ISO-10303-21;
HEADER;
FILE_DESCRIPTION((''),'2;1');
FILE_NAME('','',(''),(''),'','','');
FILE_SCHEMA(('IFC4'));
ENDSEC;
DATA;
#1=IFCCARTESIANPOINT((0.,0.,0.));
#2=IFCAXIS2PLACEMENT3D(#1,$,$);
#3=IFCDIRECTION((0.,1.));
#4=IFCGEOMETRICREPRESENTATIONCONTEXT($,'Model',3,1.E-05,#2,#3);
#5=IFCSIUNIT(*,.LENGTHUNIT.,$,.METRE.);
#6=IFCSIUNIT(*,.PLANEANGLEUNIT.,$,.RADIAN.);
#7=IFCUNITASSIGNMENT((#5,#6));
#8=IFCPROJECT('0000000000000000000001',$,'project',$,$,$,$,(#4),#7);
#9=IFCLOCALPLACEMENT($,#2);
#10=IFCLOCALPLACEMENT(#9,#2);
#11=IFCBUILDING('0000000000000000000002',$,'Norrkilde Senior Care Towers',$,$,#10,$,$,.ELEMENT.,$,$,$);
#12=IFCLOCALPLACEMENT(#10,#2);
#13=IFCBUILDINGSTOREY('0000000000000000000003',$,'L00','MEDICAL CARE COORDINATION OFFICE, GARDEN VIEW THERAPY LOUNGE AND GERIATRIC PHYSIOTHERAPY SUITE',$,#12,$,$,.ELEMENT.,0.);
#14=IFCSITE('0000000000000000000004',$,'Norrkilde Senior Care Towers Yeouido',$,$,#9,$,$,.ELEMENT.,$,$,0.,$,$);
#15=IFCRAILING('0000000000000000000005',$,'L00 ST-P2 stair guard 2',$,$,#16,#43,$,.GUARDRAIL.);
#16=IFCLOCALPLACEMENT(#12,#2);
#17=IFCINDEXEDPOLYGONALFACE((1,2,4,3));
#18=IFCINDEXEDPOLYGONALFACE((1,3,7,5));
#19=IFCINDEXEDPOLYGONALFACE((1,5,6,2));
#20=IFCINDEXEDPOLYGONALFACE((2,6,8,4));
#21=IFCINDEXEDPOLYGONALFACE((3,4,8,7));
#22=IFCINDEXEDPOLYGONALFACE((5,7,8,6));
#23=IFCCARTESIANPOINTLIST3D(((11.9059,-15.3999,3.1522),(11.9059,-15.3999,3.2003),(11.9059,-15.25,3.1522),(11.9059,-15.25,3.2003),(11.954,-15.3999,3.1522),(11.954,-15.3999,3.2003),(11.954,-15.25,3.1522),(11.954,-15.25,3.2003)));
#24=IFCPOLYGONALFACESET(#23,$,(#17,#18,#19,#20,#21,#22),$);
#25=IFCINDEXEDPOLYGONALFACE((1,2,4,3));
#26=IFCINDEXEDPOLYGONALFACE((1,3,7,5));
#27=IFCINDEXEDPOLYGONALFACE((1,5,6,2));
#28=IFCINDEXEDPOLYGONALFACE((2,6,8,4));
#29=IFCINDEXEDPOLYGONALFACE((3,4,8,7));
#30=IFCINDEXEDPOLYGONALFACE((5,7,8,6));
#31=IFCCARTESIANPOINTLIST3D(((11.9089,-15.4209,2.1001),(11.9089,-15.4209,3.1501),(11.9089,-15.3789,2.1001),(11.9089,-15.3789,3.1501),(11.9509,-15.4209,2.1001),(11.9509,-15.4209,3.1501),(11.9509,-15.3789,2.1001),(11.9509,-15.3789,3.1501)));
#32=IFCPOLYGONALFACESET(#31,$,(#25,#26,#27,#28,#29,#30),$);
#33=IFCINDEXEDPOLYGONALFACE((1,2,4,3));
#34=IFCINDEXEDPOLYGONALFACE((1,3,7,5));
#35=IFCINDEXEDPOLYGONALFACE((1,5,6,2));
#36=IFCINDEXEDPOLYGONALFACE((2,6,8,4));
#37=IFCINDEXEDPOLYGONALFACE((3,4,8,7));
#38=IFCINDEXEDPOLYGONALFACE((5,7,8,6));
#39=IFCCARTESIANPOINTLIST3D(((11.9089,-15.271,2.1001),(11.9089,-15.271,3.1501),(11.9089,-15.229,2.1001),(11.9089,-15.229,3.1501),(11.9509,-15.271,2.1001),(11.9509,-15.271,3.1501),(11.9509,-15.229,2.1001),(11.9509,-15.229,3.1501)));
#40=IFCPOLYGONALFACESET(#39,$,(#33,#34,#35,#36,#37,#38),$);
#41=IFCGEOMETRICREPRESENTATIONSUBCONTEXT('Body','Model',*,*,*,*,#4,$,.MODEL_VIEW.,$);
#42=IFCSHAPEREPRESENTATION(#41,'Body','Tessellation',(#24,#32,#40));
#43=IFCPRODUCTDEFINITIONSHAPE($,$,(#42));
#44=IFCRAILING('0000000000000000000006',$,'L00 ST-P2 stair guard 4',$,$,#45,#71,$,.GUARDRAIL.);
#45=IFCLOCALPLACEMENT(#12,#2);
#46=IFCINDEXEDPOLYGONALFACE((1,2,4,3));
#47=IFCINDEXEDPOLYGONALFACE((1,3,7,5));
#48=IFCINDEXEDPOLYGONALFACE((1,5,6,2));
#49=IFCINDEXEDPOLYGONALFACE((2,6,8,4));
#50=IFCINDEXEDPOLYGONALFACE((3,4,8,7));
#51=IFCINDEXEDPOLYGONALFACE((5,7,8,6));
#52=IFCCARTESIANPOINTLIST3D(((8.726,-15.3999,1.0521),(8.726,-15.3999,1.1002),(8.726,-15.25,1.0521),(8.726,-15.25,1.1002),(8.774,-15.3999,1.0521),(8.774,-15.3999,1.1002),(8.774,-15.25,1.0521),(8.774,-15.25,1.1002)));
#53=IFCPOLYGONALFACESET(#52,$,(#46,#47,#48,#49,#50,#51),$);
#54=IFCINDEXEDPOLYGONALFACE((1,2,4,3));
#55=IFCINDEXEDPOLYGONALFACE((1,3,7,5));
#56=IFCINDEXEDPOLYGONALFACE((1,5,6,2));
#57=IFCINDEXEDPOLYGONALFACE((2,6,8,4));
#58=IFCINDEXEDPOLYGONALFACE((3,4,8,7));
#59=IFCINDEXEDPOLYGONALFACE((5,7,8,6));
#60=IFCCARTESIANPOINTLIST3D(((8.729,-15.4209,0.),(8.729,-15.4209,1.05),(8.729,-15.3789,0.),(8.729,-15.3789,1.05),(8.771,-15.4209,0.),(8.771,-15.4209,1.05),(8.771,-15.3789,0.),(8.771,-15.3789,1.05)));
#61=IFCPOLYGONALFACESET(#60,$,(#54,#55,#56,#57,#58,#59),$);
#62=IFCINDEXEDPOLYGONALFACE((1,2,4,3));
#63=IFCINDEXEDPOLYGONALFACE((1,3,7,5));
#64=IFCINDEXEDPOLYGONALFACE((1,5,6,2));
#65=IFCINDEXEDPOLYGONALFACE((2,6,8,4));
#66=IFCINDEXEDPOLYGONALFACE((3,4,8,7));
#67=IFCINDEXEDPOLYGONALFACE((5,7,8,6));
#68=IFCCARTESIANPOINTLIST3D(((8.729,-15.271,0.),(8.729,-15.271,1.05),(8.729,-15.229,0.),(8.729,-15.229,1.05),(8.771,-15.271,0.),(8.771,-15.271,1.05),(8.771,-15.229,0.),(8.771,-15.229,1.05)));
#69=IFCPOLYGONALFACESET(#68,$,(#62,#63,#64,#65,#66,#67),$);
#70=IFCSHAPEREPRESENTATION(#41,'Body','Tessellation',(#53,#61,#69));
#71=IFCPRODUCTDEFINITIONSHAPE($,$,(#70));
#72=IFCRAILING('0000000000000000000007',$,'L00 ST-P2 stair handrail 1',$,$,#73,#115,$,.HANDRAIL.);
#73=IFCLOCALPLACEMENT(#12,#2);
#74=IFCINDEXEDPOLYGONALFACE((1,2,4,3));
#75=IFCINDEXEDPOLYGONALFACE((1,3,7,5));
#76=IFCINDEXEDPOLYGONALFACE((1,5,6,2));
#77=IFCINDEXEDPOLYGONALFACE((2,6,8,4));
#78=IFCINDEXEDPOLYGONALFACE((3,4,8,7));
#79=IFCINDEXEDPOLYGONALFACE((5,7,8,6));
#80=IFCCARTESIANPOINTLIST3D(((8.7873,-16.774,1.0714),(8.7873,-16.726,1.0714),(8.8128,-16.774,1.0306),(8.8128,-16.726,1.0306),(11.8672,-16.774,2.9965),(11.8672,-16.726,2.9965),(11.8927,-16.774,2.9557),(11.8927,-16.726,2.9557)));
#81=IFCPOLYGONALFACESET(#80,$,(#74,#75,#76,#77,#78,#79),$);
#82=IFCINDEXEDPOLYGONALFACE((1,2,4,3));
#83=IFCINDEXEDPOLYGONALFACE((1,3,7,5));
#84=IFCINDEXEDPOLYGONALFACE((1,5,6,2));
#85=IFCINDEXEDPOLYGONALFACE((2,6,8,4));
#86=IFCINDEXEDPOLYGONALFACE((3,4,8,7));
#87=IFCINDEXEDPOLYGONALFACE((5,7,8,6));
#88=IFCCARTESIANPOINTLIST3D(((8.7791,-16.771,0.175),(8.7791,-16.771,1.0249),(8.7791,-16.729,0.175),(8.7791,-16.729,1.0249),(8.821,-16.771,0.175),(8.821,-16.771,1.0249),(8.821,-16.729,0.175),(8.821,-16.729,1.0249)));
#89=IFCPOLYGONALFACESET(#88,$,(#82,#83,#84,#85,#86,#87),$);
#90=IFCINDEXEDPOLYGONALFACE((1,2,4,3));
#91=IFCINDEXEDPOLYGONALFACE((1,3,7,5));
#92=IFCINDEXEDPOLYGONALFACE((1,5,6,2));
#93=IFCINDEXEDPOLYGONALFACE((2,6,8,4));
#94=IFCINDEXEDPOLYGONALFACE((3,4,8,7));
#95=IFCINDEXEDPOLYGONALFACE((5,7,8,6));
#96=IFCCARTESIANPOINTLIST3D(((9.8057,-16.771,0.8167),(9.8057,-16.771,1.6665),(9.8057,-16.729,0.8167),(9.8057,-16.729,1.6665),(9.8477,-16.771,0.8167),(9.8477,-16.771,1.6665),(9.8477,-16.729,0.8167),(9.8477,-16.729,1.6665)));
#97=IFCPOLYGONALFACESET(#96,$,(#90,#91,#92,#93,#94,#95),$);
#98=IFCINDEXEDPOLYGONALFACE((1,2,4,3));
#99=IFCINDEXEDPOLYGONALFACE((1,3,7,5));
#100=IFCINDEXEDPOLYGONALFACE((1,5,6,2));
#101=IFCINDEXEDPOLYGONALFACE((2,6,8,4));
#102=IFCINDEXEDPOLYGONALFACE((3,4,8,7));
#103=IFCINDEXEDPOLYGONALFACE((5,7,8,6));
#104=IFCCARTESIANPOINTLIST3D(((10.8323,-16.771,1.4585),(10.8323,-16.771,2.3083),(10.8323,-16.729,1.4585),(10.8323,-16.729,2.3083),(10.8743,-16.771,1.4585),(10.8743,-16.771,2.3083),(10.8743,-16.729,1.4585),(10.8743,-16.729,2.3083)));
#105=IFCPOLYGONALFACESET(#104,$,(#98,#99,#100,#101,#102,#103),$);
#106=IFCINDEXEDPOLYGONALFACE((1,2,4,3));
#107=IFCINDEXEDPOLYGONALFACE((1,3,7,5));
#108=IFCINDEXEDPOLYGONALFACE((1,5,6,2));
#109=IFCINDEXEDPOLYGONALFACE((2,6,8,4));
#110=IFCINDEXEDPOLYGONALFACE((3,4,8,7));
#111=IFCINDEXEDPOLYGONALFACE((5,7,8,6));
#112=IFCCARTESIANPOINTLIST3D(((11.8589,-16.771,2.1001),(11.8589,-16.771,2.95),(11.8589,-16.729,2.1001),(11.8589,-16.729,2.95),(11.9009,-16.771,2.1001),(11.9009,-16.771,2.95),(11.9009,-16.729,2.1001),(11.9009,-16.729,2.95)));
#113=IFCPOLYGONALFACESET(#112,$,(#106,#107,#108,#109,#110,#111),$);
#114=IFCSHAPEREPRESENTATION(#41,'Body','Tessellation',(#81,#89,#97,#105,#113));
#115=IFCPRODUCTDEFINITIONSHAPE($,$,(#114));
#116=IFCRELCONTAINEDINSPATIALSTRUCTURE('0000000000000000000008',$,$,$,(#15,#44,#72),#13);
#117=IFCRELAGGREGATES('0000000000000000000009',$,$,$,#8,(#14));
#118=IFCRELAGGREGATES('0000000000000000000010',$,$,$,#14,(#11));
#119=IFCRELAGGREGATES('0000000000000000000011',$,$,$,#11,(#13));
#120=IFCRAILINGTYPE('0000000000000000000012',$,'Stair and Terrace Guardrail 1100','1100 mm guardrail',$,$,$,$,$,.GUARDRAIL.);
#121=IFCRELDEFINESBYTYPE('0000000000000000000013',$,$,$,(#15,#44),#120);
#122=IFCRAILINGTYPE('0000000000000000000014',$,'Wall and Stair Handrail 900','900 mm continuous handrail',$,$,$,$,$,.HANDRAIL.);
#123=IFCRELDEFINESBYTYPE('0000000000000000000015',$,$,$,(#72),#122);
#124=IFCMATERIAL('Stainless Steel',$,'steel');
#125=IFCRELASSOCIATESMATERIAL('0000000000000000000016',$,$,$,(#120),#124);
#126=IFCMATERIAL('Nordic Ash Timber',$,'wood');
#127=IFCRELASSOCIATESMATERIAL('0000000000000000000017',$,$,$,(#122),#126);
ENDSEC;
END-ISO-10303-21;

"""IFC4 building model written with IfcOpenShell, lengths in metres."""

from ifc_helpers import new_model, si_unit, direction, frame, origin, origin_2d, place, context, subcontext, project, spatial, rectangle, extrude, material, type_object, element, save


model = new_model("IFC4")

# Units and contexts
model_context = context("Model", 3, precision=1e-05, world=origin(), true_north=direction((0.0, 1.0)))
body_context = subcontext(model_context, "Body", "Model", "MODEL_VIEW")
ifc_project = project(units=[si_unit("LENGTHUNIT", "METRE"), si_unit("PLANEANGLEUNIT", "RADIAN")], contexts=[model_context])

# Site, building, storey
site_placement = place(None, origin())
site = spatial("IfcSite", under=ifc_project, at=site_placement, Name="Norrkilde Senior Care Towers Yeouido", CompositionType="ELEMENT", RefElevation=0.0)
building_placement = place(site_placement, origin())
building = spatial("IfcBuilding", under=site, at=building_placement, Name="Norrkilde Senior Care Towers", CompositionType="ELEMENT")
storey_placement = place(building_placement, origin())
storey = spatial("IfcBuildingStorey", under=building, at=storey_placement, Name="L00", Description="MEDICAL CARE COORDINATION OFFICE, GARDEN VIEW THERAPY LOUNGE AND GERIATRIC PHYSIOTHERAPY SUITE", CompositionType="ELEMENT", Elevation=0.0)

# Railings
ifc_material_1 = material(Name="Stainless Steel", Category="steel")
railing_type_1 = type_object("IfcRailingType", Name="Stair and Terrace Guardrail 1100", Description="1100 mm guardrail", PredefinedType="GUARDRAIL", material=ifc_material_1)
for number, where, name in (
    (1, (11.9299, -15.3999, 2.1001), "L00 ST-P2 stair guard 2"),
    (2, (8.75, -15.3999, 0.0), "L00 ST-P2 stair guard 4"),
):
    element("IfcRailing", number, at=place(storey_placement, frame(where)), inside=storey, type_object=railing_type_1, Name=name, PredefinedType="GUARDRAIL", context=body_context, shape_type="SweptSolid", body=[
        extrude(rectangle(XDim=0.0481, YDim=0.0481, at=origin_2d()), frame((0.0, 0.0, 1.0762), z_axis=(0.0, 1.0, 0.0), x_axis=(-1.0, 0.0, 0.0)), (0.0, 0.0, 1.0), 0.1499),
        extrude(rectangle(XDim=0.042, YDim=0.042, at=origin_2d()), origin(), (0.0, 0.0, 1.0), 1.05),
        extrude(rectangle(XDim=0.042, YDim=0.042, at=origin_2d()), frame((0.0, 0.1499, 0.0)), (0.0, 0.0, 1.0), 1.05),
    ])
ifc_material_2 = material(Name="Nordic Ash Timber", Category="wood")
railing_type_2 = type_object("IfcRailingType", Name="Wall and Stair Handrail 900", Description="900 mm continuous handrail", PredefinedType="HANDRAIL", material=ifc_material_2)
railing_1_placement = place(storey_placement, frame((8.8, -16.75, 0.175)))
element("IfcRailing", 3, at=railing_1_placement, inside=storey, type_object=railing_type_2, Name="L00 ST-P2 stair handrail 1", PredefinedType="HANDRAIL", context=body_context, shape_type="SweptSolid", body=[
    extrude(rectangle(XDim=0.0481, YDim=0.0481, at=origin_2d()), frame((0.0, 0.0, 0.876), z_axis=(0.847979, 0.0, 0.530029), x_axis=(0.0, 1.0, 0.0)), (0.0, 0.0, 1.0), 3.6321),
    extrude(rectangle(XDim=0.042, YDim=0.042, at=origin_2d()), origin(), (0.0, 0.0, 1.0), 0.8499),
    extrude(rectangle(XDim=0.042, YDim=0.042, at=origin_2d()), frame((1.0266, 0.0, 0.6416)), (0.0, 0.0, 1.0), 0.8499),
    extrude(rectangle(XDim=0.042, YDim=0.042, at=origin_2d()), frame((2.0532, 0.0, 1.2834)), (0.0, 0.0, 1.0), 0.8499),
    extrude(rectangle(XDim=0.042, YDim=0.042, at=origin_2d()), frame((3.0798, 0.0, 1.925)), (0.0, 0.0, 1.0), 0.8499),
])

save(model, "model.ifc")
